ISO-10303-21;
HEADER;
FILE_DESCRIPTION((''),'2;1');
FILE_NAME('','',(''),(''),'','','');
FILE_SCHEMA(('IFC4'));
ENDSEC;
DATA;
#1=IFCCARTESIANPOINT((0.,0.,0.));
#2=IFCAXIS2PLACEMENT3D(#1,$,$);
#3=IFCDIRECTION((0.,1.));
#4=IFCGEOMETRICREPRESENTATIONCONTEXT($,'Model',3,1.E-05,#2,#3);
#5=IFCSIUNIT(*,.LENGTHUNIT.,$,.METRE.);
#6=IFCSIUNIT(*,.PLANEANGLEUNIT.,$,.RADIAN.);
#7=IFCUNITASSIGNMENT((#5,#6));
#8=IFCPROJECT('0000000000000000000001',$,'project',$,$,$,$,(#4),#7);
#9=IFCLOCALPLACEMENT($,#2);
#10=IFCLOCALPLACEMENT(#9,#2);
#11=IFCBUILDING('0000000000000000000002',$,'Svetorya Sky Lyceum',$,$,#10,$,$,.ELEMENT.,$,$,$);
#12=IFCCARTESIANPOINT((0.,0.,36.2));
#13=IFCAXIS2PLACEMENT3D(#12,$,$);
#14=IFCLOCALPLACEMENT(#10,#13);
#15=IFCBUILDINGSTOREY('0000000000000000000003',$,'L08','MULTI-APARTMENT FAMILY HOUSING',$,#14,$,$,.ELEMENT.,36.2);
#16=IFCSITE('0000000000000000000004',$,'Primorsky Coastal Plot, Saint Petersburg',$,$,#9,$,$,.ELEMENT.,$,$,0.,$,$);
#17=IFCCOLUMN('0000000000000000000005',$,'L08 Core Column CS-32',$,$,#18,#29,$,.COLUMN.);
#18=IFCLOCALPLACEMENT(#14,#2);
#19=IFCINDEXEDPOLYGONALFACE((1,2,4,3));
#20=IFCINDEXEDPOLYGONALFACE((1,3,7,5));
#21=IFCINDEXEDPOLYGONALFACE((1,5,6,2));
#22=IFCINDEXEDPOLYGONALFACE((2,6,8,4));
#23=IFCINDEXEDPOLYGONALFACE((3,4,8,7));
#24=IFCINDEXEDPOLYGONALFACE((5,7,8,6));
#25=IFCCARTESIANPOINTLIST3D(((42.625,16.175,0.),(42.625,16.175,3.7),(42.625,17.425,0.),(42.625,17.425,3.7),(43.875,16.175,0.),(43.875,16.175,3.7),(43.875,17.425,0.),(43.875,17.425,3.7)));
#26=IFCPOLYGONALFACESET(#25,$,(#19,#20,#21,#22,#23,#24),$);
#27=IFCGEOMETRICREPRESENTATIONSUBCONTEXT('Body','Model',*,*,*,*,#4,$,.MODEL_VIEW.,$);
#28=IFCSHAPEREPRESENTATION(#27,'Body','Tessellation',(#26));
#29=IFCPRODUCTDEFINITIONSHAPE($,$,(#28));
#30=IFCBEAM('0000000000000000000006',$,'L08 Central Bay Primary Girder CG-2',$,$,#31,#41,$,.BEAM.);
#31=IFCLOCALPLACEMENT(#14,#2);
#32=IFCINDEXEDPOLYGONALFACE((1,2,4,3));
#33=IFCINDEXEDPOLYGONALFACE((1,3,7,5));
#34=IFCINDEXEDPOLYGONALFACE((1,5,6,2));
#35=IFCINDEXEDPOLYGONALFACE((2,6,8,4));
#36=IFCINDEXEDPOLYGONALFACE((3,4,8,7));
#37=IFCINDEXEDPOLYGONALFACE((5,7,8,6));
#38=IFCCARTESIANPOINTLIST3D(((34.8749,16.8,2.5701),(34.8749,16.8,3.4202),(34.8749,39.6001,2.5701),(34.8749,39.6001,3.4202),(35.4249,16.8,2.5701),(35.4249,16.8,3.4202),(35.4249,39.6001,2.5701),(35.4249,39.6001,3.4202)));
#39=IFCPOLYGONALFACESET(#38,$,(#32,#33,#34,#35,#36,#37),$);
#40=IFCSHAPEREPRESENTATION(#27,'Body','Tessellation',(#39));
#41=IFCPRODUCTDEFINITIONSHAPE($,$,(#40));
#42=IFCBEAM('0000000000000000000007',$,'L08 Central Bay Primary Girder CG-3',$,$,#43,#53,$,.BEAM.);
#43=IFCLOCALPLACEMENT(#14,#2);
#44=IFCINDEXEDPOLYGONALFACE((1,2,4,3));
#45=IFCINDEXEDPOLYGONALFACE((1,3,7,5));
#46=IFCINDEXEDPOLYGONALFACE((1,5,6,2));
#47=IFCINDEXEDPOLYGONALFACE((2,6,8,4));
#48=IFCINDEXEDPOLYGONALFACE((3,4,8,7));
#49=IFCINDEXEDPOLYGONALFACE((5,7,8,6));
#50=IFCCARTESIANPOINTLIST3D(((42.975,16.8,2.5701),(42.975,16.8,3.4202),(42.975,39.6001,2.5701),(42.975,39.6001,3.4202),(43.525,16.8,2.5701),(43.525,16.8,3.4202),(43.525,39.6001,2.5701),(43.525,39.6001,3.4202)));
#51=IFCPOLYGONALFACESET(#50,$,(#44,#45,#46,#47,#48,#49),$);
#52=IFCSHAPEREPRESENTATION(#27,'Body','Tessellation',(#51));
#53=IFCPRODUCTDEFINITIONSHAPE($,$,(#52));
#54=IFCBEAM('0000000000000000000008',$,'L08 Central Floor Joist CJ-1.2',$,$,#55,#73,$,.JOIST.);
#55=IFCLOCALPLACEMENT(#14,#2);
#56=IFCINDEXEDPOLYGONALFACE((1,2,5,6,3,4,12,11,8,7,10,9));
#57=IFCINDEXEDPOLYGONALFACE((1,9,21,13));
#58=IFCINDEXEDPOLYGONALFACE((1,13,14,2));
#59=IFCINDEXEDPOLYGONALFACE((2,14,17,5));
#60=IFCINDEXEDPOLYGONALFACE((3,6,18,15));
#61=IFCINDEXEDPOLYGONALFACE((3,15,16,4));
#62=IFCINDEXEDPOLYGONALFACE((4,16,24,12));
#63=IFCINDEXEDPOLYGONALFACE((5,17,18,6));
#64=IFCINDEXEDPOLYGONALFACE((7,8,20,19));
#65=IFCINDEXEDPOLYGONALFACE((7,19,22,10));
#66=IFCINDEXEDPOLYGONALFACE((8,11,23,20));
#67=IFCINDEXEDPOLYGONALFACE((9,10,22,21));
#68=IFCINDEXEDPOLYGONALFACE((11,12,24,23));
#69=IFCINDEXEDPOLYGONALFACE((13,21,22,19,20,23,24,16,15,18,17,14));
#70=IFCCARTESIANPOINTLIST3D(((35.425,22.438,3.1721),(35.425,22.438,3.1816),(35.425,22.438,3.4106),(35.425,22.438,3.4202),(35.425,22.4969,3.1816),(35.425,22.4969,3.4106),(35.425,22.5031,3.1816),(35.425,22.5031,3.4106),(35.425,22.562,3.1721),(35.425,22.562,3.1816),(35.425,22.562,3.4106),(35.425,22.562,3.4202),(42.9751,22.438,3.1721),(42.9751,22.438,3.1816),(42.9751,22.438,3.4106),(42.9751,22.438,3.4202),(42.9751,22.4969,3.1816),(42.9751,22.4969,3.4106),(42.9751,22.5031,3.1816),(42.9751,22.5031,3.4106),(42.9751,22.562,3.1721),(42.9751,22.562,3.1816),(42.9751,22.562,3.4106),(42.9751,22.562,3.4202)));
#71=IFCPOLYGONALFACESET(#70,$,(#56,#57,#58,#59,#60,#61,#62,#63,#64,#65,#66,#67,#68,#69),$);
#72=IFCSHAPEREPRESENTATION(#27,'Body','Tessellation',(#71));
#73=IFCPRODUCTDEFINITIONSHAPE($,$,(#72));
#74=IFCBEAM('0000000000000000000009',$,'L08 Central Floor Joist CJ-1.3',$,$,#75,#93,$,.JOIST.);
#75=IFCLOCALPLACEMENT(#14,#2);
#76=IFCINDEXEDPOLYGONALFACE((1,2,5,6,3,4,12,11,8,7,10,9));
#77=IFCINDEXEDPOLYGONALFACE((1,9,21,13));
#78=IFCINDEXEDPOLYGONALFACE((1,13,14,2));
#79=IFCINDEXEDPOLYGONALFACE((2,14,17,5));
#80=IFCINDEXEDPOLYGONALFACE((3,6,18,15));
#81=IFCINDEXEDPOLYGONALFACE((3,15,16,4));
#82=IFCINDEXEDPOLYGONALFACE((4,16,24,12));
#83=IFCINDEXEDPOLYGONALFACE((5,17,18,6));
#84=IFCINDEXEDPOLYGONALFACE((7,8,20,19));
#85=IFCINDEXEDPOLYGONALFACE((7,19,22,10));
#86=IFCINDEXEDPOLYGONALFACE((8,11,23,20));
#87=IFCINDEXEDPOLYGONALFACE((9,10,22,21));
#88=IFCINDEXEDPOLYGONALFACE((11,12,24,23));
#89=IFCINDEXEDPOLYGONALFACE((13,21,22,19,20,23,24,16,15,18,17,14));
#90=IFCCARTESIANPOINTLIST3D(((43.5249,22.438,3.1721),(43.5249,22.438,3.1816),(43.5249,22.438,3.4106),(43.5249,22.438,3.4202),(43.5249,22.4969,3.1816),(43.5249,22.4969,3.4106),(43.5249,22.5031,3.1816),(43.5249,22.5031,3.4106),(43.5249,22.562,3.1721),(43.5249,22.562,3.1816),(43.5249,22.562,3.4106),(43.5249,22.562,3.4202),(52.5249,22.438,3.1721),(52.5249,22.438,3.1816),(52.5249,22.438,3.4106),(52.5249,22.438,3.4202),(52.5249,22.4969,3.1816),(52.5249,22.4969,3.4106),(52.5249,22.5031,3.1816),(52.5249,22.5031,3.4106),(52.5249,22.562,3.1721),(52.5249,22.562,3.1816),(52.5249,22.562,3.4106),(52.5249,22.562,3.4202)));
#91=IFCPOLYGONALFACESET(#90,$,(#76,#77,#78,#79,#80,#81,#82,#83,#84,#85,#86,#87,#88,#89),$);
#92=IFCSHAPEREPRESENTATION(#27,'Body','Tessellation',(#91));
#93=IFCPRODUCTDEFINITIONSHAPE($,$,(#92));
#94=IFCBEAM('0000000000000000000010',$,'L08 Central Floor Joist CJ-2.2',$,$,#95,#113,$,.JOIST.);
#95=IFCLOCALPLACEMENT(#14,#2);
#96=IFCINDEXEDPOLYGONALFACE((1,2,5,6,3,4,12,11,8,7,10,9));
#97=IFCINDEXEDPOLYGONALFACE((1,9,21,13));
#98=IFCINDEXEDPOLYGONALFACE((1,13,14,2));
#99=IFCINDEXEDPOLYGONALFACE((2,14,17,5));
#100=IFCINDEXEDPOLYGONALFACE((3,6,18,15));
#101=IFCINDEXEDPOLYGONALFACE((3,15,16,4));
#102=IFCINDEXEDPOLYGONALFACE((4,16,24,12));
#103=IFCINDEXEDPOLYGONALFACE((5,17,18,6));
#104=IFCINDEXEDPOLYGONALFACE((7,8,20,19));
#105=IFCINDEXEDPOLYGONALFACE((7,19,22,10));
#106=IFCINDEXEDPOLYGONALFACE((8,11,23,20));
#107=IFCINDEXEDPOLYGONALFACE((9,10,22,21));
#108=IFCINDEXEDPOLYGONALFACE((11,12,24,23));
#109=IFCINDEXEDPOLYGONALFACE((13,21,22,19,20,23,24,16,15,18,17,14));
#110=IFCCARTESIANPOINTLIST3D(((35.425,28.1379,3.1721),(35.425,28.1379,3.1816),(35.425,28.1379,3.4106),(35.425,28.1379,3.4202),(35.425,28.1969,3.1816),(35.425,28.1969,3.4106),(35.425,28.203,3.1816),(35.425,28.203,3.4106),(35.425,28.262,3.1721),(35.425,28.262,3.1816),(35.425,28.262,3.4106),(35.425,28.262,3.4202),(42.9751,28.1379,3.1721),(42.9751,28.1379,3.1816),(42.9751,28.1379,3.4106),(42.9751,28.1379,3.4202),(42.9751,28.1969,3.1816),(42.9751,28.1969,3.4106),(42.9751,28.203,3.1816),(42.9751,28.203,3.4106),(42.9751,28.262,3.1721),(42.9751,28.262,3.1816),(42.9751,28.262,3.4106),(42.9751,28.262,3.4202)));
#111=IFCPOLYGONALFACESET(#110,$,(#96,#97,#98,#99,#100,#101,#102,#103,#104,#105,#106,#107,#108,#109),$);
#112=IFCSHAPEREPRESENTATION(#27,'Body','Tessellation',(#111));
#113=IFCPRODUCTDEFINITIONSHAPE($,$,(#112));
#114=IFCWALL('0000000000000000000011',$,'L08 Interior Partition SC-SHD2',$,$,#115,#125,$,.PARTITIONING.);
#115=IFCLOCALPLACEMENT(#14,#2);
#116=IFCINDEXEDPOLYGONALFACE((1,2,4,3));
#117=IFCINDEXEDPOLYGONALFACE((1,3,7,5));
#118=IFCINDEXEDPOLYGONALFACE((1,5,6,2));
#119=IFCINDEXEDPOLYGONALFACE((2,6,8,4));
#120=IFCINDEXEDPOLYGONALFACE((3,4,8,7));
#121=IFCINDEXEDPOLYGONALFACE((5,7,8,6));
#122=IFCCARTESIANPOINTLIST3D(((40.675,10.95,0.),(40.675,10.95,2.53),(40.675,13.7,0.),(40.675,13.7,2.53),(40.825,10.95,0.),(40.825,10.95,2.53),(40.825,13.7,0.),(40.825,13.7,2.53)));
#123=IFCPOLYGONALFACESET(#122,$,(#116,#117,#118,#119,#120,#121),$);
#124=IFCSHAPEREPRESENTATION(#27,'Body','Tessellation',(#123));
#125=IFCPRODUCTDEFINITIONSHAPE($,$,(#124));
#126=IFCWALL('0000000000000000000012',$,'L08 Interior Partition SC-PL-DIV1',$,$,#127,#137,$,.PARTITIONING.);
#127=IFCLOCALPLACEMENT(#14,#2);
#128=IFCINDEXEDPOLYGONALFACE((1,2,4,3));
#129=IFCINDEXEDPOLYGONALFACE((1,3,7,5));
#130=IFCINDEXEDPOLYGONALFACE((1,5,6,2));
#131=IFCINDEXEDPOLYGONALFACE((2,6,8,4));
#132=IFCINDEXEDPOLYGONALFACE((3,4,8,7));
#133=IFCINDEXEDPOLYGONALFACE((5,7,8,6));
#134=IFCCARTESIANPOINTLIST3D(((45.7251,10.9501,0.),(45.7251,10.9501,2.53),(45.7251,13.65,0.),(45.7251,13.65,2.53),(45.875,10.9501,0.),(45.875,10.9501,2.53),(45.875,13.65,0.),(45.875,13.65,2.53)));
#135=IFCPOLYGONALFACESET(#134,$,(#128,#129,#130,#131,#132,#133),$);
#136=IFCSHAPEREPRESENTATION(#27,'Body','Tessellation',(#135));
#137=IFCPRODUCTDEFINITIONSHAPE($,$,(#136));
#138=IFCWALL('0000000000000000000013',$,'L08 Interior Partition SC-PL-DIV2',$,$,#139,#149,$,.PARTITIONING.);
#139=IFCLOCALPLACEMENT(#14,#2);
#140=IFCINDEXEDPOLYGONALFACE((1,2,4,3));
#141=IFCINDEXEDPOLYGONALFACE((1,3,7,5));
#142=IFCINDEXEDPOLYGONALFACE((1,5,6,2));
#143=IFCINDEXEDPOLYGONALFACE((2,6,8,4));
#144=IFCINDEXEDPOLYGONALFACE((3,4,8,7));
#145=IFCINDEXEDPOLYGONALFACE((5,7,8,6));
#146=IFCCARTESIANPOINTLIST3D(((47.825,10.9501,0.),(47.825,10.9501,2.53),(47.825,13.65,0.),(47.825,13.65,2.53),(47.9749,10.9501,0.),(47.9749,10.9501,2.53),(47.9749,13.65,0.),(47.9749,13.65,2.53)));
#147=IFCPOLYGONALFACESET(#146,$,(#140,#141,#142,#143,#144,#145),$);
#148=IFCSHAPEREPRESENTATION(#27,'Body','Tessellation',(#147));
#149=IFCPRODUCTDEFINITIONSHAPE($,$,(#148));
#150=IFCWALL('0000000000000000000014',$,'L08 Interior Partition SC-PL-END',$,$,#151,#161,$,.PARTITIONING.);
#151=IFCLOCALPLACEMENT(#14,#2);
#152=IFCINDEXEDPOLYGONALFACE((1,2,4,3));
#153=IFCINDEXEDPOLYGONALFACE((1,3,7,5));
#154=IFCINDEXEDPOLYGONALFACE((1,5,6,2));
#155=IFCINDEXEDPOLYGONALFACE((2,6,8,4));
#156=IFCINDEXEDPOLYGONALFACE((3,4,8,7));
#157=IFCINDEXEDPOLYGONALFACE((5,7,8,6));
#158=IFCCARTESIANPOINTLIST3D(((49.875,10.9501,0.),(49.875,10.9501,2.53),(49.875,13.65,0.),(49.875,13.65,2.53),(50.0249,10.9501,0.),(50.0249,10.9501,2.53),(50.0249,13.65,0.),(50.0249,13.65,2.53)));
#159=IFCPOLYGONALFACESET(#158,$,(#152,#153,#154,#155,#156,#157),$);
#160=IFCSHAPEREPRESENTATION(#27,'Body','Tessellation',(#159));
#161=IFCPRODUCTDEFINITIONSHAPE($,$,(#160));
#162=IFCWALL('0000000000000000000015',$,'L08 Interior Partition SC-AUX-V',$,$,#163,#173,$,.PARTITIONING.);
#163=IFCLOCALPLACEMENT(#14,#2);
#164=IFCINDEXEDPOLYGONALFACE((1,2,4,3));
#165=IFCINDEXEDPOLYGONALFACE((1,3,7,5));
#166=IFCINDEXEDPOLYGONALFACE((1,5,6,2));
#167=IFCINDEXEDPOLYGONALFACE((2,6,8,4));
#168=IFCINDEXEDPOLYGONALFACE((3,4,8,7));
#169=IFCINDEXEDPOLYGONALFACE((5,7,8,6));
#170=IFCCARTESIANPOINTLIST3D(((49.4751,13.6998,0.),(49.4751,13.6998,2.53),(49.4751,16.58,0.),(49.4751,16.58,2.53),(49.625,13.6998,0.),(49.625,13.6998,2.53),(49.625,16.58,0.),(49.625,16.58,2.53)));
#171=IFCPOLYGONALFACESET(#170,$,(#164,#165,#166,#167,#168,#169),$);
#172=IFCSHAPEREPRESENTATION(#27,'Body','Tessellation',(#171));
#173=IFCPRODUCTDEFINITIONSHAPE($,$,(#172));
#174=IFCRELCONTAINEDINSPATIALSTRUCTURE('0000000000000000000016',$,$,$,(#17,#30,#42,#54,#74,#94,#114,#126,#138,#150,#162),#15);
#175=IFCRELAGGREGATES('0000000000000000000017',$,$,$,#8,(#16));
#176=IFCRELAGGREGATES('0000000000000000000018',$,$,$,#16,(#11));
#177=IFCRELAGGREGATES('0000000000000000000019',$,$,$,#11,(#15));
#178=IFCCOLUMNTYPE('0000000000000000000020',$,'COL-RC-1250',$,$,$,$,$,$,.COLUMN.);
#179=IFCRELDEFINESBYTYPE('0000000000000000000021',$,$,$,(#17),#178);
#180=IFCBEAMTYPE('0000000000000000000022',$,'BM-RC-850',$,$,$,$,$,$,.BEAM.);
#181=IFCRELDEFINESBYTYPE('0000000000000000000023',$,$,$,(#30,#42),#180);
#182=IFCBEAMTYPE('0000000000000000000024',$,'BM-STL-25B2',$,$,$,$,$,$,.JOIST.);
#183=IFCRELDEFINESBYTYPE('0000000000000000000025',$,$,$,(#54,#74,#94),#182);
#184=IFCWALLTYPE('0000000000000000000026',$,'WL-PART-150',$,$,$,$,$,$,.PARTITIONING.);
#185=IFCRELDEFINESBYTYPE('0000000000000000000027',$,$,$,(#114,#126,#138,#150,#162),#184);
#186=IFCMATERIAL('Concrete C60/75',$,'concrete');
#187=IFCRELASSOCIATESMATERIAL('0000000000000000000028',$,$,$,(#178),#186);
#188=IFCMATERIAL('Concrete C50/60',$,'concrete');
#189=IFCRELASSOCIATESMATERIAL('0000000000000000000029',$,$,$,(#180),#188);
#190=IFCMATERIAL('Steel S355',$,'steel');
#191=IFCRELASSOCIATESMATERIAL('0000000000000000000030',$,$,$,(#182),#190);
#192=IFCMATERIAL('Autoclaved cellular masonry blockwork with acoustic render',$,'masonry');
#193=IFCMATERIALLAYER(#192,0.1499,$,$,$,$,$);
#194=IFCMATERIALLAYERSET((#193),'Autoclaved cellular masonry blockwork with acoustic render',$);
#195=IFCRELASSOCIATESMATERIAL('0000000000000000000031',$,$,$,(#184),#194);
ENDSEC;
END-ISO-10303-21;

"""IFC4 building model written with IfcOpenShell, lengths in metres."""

from ifc_helpers import new_model, si_unit, direction, frame, frame_2d, origin, origin_2d, place, context, subcontext, project, spatial, rectangle, i_section, extrude, material, layer, layer_set, material_profile, profile_set, type_object, element, save


model = new_model("IFC4")

# Units and contexts
model_context = context("Model", 3, precision=1e-05, world=origin(), true_north=direction((0.0, 1.0)))
body_context = subcontext(model_context, "Body", "Model", "MODEL_VIEW")
ifc_project = project(units=[si_unit("LENGTHUNIT", "METRE"), si_unit("PLANEANGLEUNIT", "RADIAN")], contexts=[model_context])

# Site, building, storey
site_placement = place(None, origin())
site = spatial("IfcSite", under=ifc_project, at=site_placement, Name="Primorsky Coastal Plot, Saint Petersburg", CompositionType="ELEMENT", RefElevation=0.0)
building_placement = place(site_placement, origin())
building = spatial("IfcBuilding", under=site, at=building_placement, Name="Svetorya Sky Lyceum", CompositionType="ELEMENT")
storey_placement = place(building_placement, frame((0.0, 0.0, 36.2)))
storey = spatial("IfcBuildingStorey", under=building, at=storey_placement, Name="L08", Description="MULTI-APARTMENT FAMILY HOUSING", CompositionType="ELEMENT", Elevation=36.2)

# Column
ifc_material_1 = material(Name="Concrete C60/75", Category="concrete")
ifc_material_profile_1 = material_profile(ifc_material_1, rectangle(XDim=1.25, YDim=1.25, at=origin_2d()), Name="RC COL 1250x1250")
ifc_profile_set_1 = profile_set([ifc_material_profile_1], Name="Concrete C60/75")
column_type = type_object("IfcColumnType", Name="COL-RC-1250", PredefinedType="COLUMN", material=ifc_profile_set_1)
column_placement = place(storey_placement, frame((43.25, 16.8, 0.0), z_axis=(0.0, 0.0, 1.0), x_axis=(1.0, 0.0, 0.0)))
element("IfcColumn", 1, at=column_placement, inside=storey, type_object=column_type, Name="L08 Core Column CS-32", PredefinedType="COLUMN", context=body_context, shape_type="SweptSolid", body=[
    extrude(rectangle(XDim=1.25, YDim=1.25, at=origin_2d()), origin(), (0.0, 0.0, 1.0), 3.7),
])

# Beams
ifc_material_2 = material(Name="Concrete C50/60", Category="concrete")
ifc_material_profile_2 = material_profile(ifc_material_2, rectangle(XDim=0.55, YDim=0.8501, at=origin_2d()), Name="RC BEAM 550x850")
ifc_profile_set_2 = profile_set([ifc_material_profile_2], Name="Concrete C50/60")
beam_type_1 = type_object("IfcBeamType", Name="BM-RC-850", PredefinedType="BEAM", material=ifc_profile_set_2)
for number, where, z_axis, x_axis, name in (
    (2, (35.1499, 16.8, 2.9951), (0.0, 1.0, 0.0), (-1.0, 0.0, 0.0), "L08 Central Bay Primary Girder CG-2"),
    (3, (43.25, 16.8, 2.9951), (0.0, 1.0, 0.0), (-1.0, 0.0, 0.0), "L08 Central Bay Primary Girder CG-3"),
):
    element("IfcBeam", number, at=place(storey_placement, frame(where, z_axis=z_axis, x_axis=x_axis)), inside=storey, type_object=beam_type_1, Name=name, PredefinedType="BEAM", context=body_context, shape_type="SweptSolid", body=[
        extrude(rectangle(XDim=0.55, YDim=0.8501, at=origin_2d()), origin(), (0.0, 0.0, 1.0), 22.8),
    ])
ifc_material_3 = material(Name="Steel S355", Category="steel")
ifc_material_profile_3 = material_profile(ifc_material_3, i_section(OverallWidth=0.124, OverallDepth=0.248, WebThickness=0.0061, FlangeThickness=0.0095, at=origin_2d()), Name="GOST 25B2")
ifc_profile_set_3 = profile_set([ifc_material_profile_3], Name="Steel S355")
beam_type_2 = type_object("IfcBeamType", Name="BM-STL-25B2", PredefinedType="JOIST", material=ifc_profile_set_3)
beam_1_placement = place(storey_placement, frame((35.425, 22.5, 3.2961), z_axis=(1.0, 0.0, 0.0), x_axis=(0.0, 1.0, 0.0)))
element("IfcBeam", 4, at=beam_1_placement, inside=storey, type_object=beam_type_2, Name="L08 Central Floor Joist CJ-1.2", PredefinedType="JOIST", context=body_context, shape_type="SweptSolid", body=[
    extrude(i_section(OverallWidth=0.124, OverallDepth=0.248, WebThickness=0.0061, FlangeThickness=0.0095, at=origin_2d()), origin(), (0.0, 0.0, 1.0), 7.55),
])
beam_2_placement = place(storey_placement, frame((43.5249, 22.5, 3.2961), z_axis=(1.0, 0.0, 0.0), x_axis=(0.0, 1.0, 0.0)))
element("IfcBeam", 5, at=beam_2_placement, inside=storey, type_object=beam_type_2, Name="L08 Central Floor Joist CJ-1.3", PredefinedType="JOIST", context=body_context, shape_type="SweptSolid", body=[
    extrude(i_section(OverallWidth=0.124, OverallDepth=0.248, WebThickness=0.0061, FlangeThickness=0.0095, at=origin_2d()), origin(), (0.0, 0.0, 1.0), 9.0),
])
beam_3_placement = place(storey_placement, frame((35.425, 28.2, 3.2961), z_axis=(1.0, 0.0, 0.0), x_axis=(0.0, 1.0, 0.0)))
element("IfcBeam", 6, at=beam_3_placement, inside=storey, type_object=beam_type_2, Name="L08 Central Floor Joist CJ-2.2", PredefinedType="JOIST", context=body_context, shape_type="SweptSolid", body=[
    extrude(i_section(OverallWidth=0.124, OverallDepth=0.248, WebThickness=0.0061, FlangeThickness=0.0095, at=origin_2d()), origin(), (0.0, 0.0, 1.0), 7.55),
])

# Walls
ifc_material_4 = material(Name="Autoclaved cellular masonry blockwork with acoustic render", Category="masonry")
ifc_layer_1 = layer(ifc_material_4, 0.1499)
ifc_layer_set_1 = layer_set([ifc_layer_1], Name="Autoclaved cellular masonry blockwork with acoustic render")
wall_type_1 = type_object("IfcWallType", Name="WL-PART-150", PredefinedType="PARTITIONING", material=ifc_layer_set_1)
wall_1_placement = place(storey_placement, frame((40.75, 10.95, 0.0), z_axis=(0.0, 0.0, 1.0), x_axis=(0.0, 1.0, 0.0)))
element("IfcWall", 7, at=wall_1_placement, inside=storey, type_object=wall_type_1, Name="L08 Interior Partition SC-SHD2", PredefinedType="PARTITIONING", context=body_context, shape_type="SweptSolid", body=[
    extrude(rectangle(XDim=2.75, YDim=0.1499, at=frame_2d((1.375, 0.0))), origin(), (0.0, 0.0, 1.0), 2.53),
])
for number, where, z_axis, x_axis, name in (
    (8, (45.8, 10.95, 0.0), (0.0, 0.0, 1.0), (0.0, 1.0, 0.0), "L08 Interior Partition SC-PL-DIV1"),
    (9, (47.8999, 10.95, 0.0), (0.0, 0.0, 1.0), (0.0, 1.0, 0.0), "L08 Interior Partition SC-PL-DIV2"),
    (10, (49.95, 10.95, 0.0), (0.0, 0.0, 1.0), (0.0, 1.0, 0.0), "L08 Interior Partition SC-PL-END"),
):
    element("IfcWall", number, at=place(storey_placement, frame(where, z_axis=z_axis, x_axis=x_axis)), inside=storey, type_object=wall_type_1, Name=name, PredefinedType="PARTITIONING", context=body_context, shape_type="SweptSolid", body=[
        extrude(rectangle(XDim=2.7, YDim=0.1499, at=frame_2d((1.3501, 0.0))), origin(), (0.0, 0.0, 1.0), 2.53),
    ])
wall_2_placement = place(storey_placement, frame((49.55, 13.7, 0.0), z_axis=(0.0, 0.0, 1.0), x_axis=(0.0, 1.0, 0.0)))
element("IfcWall", 11, at=wall_2_placement, inside=storey, type_object=wall_type_1, Name="L08 Interior Partition SC-AUX-V", PredefinedType="PARTITIONING", context=body_context, shape_type="SweptSolid", body=[
    extrude(rectangle(XDim=2.8801, YDim=0.1499, at=frame_2d((1.4399, 0.0))), origin(), (0.0, 0.0, 1.0), 2.53),
])

save(model, "model.ifc")
